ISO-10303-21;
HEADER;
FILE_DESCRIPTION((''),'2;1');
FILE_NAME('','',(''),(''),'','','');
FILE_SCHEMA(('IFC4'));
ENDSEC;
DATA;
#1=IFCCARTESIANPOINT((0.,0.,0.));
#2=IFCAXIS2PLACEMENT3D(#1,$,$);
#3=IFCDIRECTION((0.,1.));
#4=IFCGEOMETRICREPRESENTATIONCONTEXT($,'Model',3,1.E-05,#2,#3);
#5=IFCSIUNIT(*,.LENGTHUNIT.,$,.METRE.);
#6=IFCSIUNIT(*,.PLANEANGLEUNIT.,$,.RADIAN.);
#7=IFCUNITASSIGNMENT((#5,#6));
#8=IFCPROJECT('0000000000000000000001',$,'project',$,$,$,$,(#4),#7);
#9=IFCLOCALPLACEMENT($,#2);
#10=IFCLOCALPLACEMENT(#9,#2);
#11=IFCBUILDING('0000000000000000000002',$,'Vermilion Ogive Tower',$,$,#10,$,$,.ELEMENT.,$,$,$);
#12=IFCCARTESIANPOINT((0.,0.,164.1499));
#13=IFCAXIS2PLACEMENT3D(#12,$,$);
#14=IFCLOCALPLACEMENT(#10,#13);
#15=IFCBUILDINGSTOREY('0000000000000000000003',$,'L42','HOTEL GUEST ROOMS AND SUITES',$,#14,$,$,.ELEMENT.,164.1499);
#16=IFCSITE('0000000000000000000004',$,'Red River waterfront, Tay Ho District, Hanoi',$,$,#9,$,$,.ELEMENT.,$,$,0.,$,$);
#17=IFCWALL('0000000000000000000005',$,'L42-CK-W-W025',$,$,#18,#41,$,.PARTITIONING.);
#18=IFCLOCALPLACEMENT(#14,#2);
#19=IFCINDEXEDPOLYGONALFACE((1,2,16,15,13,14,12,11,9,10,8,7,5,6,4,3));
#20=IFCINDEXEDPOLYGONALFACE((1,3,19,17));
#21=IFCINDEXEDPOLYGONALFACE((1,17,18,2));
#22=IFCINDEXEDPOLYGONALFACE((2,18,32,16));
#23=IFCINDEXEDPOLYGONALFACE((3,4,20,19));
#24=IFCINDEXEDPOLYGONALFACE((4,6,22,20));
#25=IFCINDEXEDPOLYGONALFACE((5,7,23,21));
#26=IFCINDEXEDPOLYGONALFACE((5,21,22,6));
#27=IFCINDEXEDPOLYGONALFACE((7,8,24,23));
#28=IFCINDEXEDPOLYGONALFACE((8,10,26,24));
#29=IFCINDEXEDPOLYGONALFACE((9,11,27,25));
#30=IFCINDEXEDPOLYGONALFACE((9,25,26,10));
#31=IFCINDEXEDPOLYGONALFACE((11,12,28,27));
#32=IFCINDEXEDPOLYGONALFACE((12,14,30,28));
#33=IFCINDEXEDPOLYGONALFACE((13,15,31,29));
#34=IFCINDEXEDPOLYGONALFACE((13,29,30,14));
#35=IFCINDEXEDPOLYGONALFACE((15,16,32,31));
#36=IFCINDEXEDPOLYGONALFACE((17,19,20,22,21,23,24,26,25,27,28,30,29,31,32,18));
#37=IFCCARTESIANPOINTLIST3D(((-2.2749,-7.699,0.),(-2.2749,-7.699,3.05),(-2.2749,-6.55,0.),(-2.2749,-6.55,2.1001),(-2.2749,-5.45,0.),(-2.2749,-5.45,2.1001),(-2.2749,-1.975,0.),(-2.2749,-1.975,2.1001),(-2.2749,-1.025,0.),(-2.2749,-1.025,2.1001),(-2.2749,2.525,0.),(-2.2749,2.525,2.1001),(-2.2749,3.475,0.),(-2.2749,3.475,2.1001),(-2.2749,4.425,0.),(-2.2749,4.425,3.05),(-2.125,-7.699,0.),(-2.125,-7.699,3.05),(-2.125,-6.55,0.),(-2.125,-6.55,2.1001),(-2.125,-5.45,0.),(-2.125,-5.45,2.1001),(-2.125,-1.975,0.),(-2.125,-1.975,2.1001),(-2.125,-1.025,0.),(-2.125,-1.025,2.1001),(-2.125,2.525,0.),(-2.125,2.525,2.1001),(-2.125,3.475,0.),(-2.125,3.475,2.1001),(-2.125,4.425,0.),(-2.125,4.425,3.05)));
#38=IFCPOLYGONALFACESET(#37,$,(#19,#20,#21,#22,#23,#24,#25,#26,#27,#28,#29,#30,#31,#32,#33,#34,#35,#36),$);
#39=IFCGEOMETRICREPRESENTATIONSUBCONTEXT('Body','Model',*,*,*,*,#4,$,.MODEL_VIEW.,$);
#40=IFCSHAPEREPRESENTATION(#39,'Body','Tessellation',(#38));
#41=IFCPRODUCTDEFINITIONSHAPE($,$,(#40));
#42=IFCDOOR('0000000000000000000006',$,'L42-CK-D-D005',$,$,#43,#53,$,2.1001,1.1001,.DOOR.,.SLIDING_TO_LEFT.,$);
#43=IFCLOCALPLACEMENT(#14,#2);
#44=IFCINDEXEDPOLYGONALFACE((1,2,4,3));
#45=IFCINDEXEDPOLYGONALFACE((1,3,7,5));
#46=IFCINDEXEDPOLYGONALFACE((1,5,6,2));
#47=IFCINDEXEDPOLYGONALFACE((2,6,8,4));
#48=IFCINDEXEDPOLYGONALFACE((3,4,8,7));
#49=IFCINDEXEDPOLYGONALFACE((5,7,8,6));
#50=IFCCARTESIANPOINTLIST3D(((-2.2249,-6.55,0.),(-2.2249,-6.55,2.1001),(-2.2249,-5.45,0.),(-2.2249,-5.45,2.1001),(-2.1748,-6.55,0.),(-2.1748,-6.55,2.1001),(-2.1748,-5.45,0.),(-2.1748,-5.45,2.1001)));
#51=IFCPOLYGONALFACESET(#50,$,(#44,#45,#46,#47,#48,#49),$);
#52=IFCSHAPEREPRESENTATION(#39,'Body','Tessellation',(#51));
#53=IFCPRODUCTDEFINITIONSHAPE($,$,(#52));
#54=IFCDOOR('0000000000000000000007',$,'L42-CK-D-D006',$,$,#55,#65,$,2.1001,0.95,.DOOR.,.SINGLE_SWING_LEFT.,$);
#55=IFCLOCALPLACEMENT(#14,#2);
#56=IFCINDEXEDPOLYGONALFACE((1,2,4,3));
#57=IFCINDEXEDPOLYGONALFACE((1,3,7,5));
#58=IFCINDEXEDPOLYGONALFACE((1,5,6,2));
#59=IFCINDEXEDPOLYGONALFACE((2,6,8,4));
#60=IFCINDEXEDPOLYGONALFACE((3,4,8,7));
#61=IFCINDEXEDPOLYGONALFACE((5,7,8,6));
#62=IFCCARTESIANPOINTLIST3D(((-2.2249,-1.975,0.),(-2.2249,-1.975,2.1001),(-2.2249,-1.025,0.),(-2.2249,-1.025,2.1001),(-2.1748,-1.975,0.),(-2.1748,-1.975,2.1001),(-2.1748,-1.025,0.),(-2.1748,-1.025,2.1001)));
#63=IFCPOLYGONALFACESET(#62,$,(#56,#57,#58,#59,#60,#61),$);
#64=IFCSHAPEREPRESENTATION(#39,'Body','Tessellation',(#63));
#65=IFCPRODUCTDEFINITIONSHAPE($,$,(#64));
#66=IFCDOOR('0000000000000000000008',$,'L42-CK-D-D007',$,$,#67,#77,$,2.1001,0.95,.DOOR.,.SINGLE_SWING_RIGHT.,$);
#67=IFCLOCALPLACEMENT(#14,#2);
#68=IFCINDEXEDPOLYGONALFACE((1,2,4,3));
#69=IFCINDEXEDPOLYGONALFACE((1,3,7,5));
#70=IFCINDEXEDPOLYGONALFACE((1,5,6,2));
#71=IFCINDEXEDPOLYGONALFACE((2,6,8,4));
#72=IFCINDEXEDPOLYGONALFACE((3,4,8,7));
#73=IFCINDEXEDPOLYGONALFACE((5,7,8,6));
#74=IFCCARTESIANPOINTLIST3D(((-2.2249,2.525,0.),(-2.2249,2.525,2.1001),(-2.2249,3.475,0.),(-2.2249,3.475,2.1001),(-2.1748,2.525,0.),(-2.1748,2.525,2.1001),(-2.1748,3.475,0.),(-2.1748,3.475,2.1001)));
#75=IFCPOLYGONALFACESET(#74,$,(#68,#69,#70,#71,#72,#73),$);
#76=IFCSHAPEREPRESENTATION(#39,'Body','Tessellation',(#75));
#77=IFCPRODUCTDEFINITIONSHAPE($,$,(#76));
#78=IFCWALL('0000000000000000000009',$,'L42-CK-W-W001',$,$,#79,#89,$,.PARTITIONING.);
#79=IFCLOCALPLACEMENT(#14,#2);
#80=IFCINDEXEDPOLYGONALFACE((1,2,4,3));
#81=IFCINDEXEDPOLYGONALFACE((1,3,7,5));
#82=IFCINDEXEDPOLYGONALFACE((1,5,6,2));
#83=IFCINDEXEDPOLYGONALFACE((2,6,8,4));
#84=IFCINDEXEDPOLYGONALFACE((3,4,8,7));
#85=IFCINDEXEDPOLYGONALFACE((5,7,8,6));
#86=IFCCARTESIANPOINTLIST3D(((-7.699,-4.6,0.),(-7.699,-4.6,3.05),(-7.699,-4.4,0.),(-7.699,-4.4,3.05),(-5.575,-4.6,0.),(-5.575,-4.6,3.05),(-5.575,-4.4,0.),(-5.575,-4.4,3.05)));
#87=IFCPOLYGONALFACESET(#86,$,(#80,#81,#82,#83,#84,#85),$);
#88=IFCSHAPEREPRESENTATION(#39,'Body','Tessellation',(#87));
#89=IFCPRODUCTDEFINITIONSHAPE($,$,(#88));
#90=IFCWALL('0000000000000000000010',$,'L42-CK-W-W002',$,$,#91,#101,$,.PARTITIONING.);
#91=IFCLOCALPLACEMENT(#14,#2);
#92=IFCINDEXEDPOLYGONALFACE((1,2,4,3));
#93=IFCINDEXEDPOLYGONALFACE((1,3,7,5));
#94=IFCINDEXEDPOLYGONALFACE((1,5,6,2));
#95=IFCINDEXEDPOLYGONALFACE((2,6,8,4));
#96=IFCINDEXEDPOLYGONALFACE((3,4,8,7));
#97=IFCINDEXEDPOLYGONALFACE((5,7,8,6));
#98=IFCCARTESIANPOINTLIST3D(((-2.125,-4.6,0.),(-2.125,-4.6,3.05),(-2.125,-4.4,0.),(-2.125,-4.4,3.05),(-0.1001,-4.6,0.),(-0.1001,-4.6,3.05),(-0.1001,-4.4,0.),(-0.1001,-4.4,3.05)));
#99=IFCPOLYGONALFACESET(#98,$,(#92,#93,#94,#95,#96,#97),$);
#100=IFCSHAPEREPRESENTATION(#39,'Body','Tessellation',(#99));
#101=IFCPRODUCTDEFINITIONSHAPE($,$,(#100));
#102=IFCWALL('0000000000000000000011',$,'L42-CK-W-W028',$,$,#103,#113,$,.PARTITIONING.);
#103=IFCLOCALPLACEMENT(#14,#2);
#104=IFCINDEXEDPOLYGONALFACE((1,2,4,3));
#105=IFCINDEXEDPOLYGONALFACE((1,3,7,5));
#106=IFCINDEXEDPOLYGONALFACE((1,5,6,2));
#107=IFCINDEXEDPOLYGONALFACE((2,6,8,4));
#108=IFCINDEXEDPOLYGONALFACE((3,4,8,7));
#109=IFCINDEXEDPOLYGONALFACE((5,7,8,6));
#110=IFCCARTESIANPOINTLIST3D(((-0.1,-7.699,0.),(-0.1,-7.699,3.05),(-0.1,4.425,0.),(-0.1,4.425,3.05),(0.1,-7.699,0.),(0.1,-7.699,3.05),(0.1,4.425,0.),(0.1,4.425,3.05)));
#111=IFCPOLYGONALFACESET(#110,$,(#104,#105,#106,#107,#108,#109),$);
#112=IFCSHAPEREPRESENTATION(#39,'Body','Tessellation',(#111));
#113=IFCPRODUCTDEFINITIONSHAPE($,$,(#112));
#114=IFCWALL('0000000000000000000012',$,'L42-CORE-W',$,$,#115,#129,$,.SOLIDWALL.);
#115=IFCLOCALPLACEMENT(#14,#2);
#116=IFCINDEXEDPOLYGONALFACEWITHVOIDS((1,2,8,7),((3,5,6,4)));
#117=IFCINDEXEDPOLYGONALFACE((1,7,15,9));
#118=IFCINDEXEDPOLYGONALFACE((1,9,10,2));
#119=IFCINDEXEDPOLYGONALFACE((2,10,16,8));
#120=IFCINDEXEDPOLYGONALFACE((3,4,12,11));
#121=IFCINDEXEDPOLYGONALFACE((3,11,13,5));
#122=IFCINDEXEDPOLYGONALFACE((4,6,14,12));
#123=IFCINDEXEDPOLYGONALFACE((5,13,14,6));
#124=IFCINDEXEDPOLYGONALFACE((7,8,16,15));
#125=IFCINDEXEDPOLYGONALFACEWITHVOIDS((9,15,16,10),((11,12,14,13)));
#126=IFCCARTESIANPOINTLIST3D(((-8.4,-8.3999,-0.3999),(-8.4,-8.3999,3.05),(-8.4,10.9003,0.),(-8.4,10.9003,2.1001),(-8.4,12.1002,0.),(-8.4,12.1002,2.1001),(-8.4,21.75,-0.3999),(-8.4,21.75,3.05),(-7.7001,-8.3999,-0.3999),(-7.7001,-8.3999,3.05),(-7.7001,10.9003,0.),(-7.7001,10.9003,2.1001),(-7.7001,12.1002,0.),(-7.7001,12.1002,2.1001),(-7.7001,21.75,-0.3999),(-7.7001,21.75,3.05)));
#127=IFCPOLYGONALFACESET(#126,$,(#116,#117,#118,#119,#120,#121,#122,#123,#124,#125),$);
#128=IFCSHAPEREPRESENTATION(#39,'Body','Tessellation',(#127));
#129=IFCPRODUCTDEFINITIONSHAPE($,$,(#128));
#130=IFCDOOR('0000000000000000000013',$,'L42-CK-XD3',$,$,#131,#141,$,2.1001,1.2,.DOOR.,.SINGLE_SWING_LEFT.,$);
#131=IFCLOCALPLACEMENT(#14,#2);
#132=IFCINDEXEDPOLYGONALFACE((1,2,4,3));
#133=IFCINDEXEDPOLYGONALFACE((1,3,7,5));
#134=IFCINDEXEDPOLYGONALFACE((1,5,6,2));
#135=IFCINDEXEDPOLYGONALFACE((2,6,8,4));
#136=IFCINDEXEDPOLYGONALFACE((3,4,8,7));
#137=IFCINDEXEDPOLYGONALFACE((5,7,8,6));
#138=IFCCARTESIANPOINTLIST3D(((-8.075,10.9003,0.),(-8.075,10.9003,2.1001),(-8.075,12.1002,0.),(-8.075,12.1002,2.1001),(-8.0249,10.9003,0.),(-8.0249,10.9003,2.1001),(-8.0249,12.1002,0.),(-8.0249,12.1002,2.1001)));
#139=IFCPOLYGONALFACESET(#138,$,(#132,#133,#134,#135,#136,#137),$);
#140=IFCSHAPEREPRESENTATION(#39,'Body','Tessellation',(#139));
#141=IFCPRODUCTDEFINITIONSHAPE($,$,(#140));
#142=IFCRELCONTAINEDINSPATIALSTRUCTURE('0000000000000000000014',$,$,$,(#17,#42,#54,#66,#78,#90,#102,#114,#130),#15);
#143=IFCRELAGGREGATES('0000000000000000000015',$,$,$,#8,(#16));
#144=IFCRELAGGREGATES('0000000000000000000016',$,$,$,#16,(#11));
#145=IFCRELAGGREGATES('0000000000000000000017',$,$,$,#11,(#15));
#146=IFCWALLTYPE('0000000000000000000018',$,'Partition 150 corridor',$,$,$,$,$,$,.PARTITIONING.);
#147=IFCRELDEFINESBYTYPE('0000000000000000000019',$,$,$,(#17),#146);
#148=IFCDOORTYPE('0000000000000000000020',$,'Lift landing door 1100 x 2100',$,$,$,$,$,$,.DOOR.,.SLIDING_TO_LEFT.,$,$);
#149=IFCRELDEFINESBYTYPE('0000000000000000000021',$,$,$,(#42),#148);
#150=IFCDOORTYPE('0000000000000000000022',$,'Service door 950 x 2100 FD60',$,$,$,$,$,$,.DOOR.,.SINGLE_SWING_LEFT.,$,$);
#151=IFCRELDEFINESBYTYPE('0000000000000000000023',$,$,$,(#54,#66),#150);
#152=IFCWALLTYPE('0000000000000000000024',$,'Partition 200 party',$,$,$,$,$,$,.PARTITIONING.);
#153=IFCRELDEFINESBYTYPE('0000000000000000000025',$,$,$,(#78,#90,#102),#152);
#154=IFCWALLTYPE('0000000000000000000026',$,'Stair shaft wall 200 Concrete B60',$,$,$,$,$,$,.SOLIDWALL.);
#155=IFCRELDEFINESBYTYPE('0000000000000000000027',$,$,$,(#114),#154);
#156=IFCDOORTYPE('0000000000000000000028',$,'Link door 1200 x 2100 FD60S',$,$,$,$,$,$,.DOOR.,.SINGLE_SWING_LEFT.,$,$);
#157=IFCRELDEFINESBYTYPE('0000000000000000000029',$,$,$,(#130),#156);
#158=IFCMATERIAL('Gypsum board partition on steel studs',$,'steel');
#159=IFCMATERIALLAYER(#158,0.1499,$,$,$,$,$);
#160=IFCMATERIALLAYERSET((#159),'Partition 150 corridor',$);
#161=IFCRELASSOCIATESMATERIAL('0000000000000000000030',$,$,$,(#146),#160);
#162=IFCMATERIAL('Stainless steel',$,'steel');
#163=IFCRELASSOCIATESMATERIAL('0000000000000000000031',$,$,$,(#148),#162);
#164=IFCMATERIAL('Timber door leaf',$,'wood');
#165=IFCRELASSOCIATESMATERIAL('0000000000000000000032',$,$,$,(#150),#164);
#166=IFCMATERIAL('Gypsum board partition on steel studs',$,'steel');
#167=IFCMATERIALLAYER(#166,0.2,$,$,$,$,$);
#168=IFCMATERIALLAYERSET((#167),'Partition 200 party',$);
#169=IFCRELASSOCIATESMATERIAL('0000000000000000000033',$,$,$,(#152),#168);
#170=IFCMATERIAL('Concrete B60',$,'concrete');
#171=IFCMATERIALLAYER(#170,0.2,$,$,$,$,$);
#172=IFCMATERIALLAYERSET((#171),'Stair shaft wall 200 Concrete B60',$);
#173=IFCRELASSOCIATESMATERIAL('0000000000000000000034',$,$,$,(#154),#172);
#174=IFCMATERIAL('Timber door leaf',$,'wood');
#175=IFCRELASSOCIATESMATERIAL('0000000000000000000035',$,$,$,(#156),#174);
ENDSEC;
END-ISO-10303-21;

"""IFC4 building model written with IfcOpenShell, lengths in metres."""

from ifc_helpers import new_model, si_unit, direction, frame, frame_2d, origin, place, context, subcontext, project, spatial, rectangle, extrude, material, layer, layer_set, type_object, element, fill, save


model = new_model("IFC4")

# Units and contexts
model_context = context("Model", 3, precision=1e-05, world=origin(), true_north=direction((0.0, 1.0)))
body_context = subcontext(model_context, "Body", "Model", "MODEL_VIEW")
ifc_project = project(units=[si_unit("LENGTHUNIT", "METRE"), si_unit("PLANEANGLEUNIT", "RADIAN")], contexts=[model_context])

# Site, building, storey
site_placement = place(None, origin())
site = spatial("IfcSite", under=ifc_project, at=site_placement, Name="Red River waterfront, Tay Ho District, Hanoi", CompositionType="ELEMENT", RefElevation=0.0)
building_placement = place(site_placement, origin())
building = spatial("IfcBuilding", under=site, at=building_placement, Name="Vermilion Ogive Tower", CompositionType="ELEMENT")
storey_placement = place(building_placement, frame((0.0, 0.0, 164.1499)))
storey = spatial("IfcBuildingStorey", under=building, at=storey_placement, Name="L42", Description="HOTEL GUEST ROOMS AND SUITES", CompositionType="ELEMENT", Elevation=164.1499)

# Wall, openings, doors
ifc_material_1 = material(Name="Gypsum board partition on steel studs", Category="steel")
ifc_layer_1 = layer(ifc_material_1, 0.1499)
ifc_layer_set_1 = layer_set([ifc_layer_1], Name="Partition 150 corridor")
wall_type_1 = type_object("IfcWallType", Name="Partition 150 corridor", PredefinedType="PARTITIONING", material=ifc_layer_set_1)
ifc_material_2 = material(Name="Stainless steel", Category="steel")
door_type_1 = type_object("IfcDoorType", Name="Lift landing door 1100 x 2100", OperationType="SLIDING_TO_LEFT", PredefinedType="DOOR", material=ifc_material_2)
wall_1_placement = place(storey_placement, frame((-2.2, -7.699, 0.0), z_axis=(0.0, 0.0, 1.0), x_axis=(0.0, 1.0, 0.0)))
wall_1 = element("IfcWall", 1, at=wall_1_placement, inside=storey, type_object=wall_type_1, Name="L42-CK-W-W025", PredefinedType="PARTITIONING", context=body_context, shape_type="SweptSolid", body=[
    extrude(rectangle(XDim=12.124, YDim=0.1499, at=frame_2d((6.062, 0.0))), origin(), (0.0, 0.0, 1.0), 3.05),
])
opening_1_placement = place(wall_1_placement, frame((1.1489, 0.0, 0.0)))
opening_1 = element("IfcOpeningElement", 2, at=opening_1_placement, cuts=wall_1, PredefinedType="OPENING", context=body_context, shape_type="SweptSolid", body=[
    extrude(rectangle(XDim=1.1001, YDim=2.1001, at=frame_2d((0.55, 1.05))), frame((0.0, 0.085, 0.0), z_axis=(0.0, -1.0, 0.0), x_axis=(1.0, 0.0, 0.0)), (0.0, 0.0, 1.0), 0.1699),
])
opening_2_placement = place(wall_1_placement, frame((5.7239, 0.0, 0.0)))
opening_2 = element("IfcOpeningElement", 3, at=opening_2_placement, cuts=wall_1, PredefinedType="OPENING", context=body_context, shape_type="SweptSolid", body=[
    extrude(rectangle(XDim=0.95, YDim=2.1001, at=frame_2d((0.4751, 1.05))), frame((0.0, 0.085, 0.0), z_axis=(0.0, -1.0, 0.0), x_axis=(1.0, 0.0, 0.0)), (0.0, 0.0, 1.0), 0.1699),
])
opening_3_placement = place(wall_1_placement, frame((10.2239, 0.0, 0.0)))
opening_3 = element("IfcOpeningElement", 4, at=opening_3_placement, cuts=wall_1, PredefinedType="OPENING", context=body_context, shape_type="SweptSolid", body=[
    extrude(rectangle(XDim=0.95, YDim=2.1001, at=frame_2d((0.4751, 1.05))), frame((0.0, 0.085, 0.0), z_axis=(0.0, -1.0, 0.0), x_axis=(1.0, 0.0, 0.0)), (0.0, 0.0, 1.0), 0.1699),
])
door_1_placement = place(opening_1_placement, origin())
door_1 = element("IfcDoor", 5, at=door_1_placement, inside=storey, type_object=door_type_1, Name="L42-CK-D-D005", OperationType="SLIDING_TO_LEFT", OverallHeight=2.1001, OverallWidth=1.1001, PredefinedType="DOOR", context=body_context, shape_type="SweptSolid", body=[
    extrude(rectangle(XDim=1.1001, YDim=2.1001, at=frame_2d((0.55, 1.05))), frame((0.0, 0.0249, 0.0), z_axis=(0.0, -1.0, 0.0), x_axis=(1.0, 0.0, 0.0)), (0.0, 0.0, 1.0), 0.05),
])
fill(opening_1, door_1)
ifc_material_3 = material(Name="Timber door leaf", Category="wood")
door_type_2 = type_object("IfcDoorType", Name="Service door 950 x 2100 FD60", OperationType="SINGLE_SWING_LEFT", PredefinedType="DOOR", material=ifc_material_3)
door_2_placement = place(opening_2_placement, origin())
door_2 = element("IfcDoor", 6, at=door_2_placement, inside=storey, type_object=door_type_2, Name="L42-CK-D-D006", OperationType="SINGLE_SWING_LEFT", OverallHeight=2.1001, OverallWidth=0.95, PredefinedType="DOOR", context=body_context, shape_type="SweptSolid", body=[
    extrude(rectangle(XDim=0.95, YDim=2.1001, at=frame_2d((0.4751, 1.05))), frame((0.0, 0.0249, 0.0), z_axis=(0.0, -1.0, 0.0), x_axis=(1.0, 0.0, 0.0)), (0.0, 0.0, 1.0), 0.05),
])
fill(opening_2, door_2)
door_3_placement = place(opening_3_placement, origin())
door_3 = element("IfcDoor", 7, at=door_3_placement, inside=storey, type_object=door_type_2, Name="L42-CK-D-D007", OperationType="SINGLE_SWING_RIGHT", OverallHeight=2.1001, OverallWidth=0.95, PredefinedType="DOOR", context=body_context, shape_type="SweptSolid", body=[
    extrude(rectangle(XDim=0.95, YDim=2.1001, at=frame_2d((0.4751, 1.05))), frame((0.0, 0.0249, 0.0), z_axis=(0.0, -1.0, 0.0), x_axis=(1.0, 0.0, 0.0)), (0.0, 0.0, 1.0), 0.05),
])
fill(opening_3, door_3)

# Walls
ifc_material_4 = material(Name="Gypsum board partition on steel studs", Category="steel")
ifc_layer_2 = layer(ifc_material_4, 0.2)
ifc_layer_set_2 = layer_set([ifc_layer_2], Name="Partition 200 party")
wall_type_2 = type_object("IfcWallType", Name="Partition 200 party", PredefinedType="PARTITIONING", material=ifc_layer_set_2)
wall_2_placement = place(storey_placement, frame((-7.699, -4.5, 0.0), z_axis=(0.0, 0.0, 1.0), x_axis=(1.0, 0.0, 0.0)))
element("IfcWall", 8, at=wall_2_placement, inside=storey, type_object=wall_type_2, Name="L42-CK-W-W001", PredefinedType="PARTITIONING", context=body_context, shape_type="SweptSolid", body=[
    extrude(rectangle(XDim=2.124, YDim=0.2, at=frame_2d((1.062, 0.0))), origin(), (0.0, 0.0, 1.0), 3.05),
])
wall_3_placement = place(storey_placement, frame((-2.125, -4.5, 0.0), z_axis=(0.0, 0.0, 1.0), x_axis=(1.0, 0.0, 0.0)))
element("IfcWall", 9, at=wall_3_placement, inside=storey, type_object=wall_type_2, Name="L42-CK-W-W002", PredefinedType="PARTITIONING", context=body_context, shape_type="SweptSolid", body=[
    extrude(rectangle(XDim=2.0249, YDim=0.2, at=frame_2d((1.0125, 0.0))), origin(), (0.0, 0.0, 1.0), 3.05),
])
wall_4_placement = place(storey_placement, frame((0.0, -7.699, 0.0), z_axis=(0.0, 0.0, 1.0), x_axis=(0.0, 1.0, 0.0)))
element("IfcWall", 10, at=wall_4_placement, inside=storey, type_object=wall_type_2, Name="L42-CK-W-W028", PredefinedType="PARTITIONING", context=body_context, shape_type="SweptSolid", body=[
    extrude(rectangle(XDim=12.124, YDim=0.2, at=frame_2d((6.062, 0.0))), origin(), (0.0, 0.0, 1.0), 3.05),
])

# Wall, opening, door
ifc_material_5 = material(Name="Concrete B60", Category="concrete")
ifc_layer_3 = layer(ifc_material_5, 0.2)
ifc_layer_set_3 = layer_set([ifc_layer_3], Name="Stair shaft wall 200 Concrete B60")
wall_type_3 = type_object("IfcWallType", Name="Stair shaft wall 200 Concrete B60", PredefinedType="SOLIDWALL", material=ifc_layer_set_3)
wall_5_placement = place(storey_placement, frame((-8.05, -8.3999, -0.3999), z_axis=(0.0, 0.0, 1.0), x_axis=(0.0, 1.0, 0.0)))
wall_5 = element("IfcWall", 11, at=wall_5_placement, inside=storey, type_object=wall_type_3, Name="L42-CORE-W", PredefinedType="SOLIDWALL", context=body_context, shape_type="SweptSolid", body=[
    extrude(rectangle(XDim=30.1499, YDim=0.7, at=frame_2d((15.075, 0.0))), origin(), (0.0, 0.0, 1.0), 3.45),
])
opening_4_placement = place(wall_5_placement, frame((19.3, 0.0, 0.3999)))
opening_4 = element("IfcOpeningElement", 12, at=opening_4_placement, cuts=wall_5, PredefinedType="OPENING", context=body_context, shape_type="SweptSolid", body=[
    extrude(rectangle(XDim=1.2, YDim=2.1001, at=frame_2d((0.6001, 1.05))), frame((0.0, 0.3599, 0.0), z_axis=(0.0, -1.0, 0.0), x_axis=(1.0, 0.0, 0.0)), (0.0, 0.0, 1.0), 0.72),
])
ifc_material_6 = material(Name="Timber door leaf", Category="wood")
door_type_3 = type_object("IfcDoorType", Name="Link door 1200 x 2100 FD60S", OperationType="SINGLE_SWING_LEFT", PredefinedType="DOOR", material=ifc_material_6)
door_4_placement = place(opening_4_placement, origin())
door_4 = element("IfcDoor", 13, at=door_4_placement, inside=storey, type_object=door_type_3, Name="L42-CK-XD3", OperationType="SINGLE_SWING_LEFT", OverallHeight=2.1001, OverallWidth=1.2, PredefinedType="DOOR", context=body_context, shape_type="SweptSolid", body=[
    extrude(rectangle(XDim=1.2, YDim=2.1001, at=frame_2d((0.6001, 1.05))), frame((0.0, 0.0249, 0.0), z_axis=(0.0, -1.0, 0.0), x_axis=(1.0, 0.0, 0.0)), (0.0, 0.0, 1.0), 0.05),
])
fill(opening_4, door_4)

save(model, "model.ifc")
